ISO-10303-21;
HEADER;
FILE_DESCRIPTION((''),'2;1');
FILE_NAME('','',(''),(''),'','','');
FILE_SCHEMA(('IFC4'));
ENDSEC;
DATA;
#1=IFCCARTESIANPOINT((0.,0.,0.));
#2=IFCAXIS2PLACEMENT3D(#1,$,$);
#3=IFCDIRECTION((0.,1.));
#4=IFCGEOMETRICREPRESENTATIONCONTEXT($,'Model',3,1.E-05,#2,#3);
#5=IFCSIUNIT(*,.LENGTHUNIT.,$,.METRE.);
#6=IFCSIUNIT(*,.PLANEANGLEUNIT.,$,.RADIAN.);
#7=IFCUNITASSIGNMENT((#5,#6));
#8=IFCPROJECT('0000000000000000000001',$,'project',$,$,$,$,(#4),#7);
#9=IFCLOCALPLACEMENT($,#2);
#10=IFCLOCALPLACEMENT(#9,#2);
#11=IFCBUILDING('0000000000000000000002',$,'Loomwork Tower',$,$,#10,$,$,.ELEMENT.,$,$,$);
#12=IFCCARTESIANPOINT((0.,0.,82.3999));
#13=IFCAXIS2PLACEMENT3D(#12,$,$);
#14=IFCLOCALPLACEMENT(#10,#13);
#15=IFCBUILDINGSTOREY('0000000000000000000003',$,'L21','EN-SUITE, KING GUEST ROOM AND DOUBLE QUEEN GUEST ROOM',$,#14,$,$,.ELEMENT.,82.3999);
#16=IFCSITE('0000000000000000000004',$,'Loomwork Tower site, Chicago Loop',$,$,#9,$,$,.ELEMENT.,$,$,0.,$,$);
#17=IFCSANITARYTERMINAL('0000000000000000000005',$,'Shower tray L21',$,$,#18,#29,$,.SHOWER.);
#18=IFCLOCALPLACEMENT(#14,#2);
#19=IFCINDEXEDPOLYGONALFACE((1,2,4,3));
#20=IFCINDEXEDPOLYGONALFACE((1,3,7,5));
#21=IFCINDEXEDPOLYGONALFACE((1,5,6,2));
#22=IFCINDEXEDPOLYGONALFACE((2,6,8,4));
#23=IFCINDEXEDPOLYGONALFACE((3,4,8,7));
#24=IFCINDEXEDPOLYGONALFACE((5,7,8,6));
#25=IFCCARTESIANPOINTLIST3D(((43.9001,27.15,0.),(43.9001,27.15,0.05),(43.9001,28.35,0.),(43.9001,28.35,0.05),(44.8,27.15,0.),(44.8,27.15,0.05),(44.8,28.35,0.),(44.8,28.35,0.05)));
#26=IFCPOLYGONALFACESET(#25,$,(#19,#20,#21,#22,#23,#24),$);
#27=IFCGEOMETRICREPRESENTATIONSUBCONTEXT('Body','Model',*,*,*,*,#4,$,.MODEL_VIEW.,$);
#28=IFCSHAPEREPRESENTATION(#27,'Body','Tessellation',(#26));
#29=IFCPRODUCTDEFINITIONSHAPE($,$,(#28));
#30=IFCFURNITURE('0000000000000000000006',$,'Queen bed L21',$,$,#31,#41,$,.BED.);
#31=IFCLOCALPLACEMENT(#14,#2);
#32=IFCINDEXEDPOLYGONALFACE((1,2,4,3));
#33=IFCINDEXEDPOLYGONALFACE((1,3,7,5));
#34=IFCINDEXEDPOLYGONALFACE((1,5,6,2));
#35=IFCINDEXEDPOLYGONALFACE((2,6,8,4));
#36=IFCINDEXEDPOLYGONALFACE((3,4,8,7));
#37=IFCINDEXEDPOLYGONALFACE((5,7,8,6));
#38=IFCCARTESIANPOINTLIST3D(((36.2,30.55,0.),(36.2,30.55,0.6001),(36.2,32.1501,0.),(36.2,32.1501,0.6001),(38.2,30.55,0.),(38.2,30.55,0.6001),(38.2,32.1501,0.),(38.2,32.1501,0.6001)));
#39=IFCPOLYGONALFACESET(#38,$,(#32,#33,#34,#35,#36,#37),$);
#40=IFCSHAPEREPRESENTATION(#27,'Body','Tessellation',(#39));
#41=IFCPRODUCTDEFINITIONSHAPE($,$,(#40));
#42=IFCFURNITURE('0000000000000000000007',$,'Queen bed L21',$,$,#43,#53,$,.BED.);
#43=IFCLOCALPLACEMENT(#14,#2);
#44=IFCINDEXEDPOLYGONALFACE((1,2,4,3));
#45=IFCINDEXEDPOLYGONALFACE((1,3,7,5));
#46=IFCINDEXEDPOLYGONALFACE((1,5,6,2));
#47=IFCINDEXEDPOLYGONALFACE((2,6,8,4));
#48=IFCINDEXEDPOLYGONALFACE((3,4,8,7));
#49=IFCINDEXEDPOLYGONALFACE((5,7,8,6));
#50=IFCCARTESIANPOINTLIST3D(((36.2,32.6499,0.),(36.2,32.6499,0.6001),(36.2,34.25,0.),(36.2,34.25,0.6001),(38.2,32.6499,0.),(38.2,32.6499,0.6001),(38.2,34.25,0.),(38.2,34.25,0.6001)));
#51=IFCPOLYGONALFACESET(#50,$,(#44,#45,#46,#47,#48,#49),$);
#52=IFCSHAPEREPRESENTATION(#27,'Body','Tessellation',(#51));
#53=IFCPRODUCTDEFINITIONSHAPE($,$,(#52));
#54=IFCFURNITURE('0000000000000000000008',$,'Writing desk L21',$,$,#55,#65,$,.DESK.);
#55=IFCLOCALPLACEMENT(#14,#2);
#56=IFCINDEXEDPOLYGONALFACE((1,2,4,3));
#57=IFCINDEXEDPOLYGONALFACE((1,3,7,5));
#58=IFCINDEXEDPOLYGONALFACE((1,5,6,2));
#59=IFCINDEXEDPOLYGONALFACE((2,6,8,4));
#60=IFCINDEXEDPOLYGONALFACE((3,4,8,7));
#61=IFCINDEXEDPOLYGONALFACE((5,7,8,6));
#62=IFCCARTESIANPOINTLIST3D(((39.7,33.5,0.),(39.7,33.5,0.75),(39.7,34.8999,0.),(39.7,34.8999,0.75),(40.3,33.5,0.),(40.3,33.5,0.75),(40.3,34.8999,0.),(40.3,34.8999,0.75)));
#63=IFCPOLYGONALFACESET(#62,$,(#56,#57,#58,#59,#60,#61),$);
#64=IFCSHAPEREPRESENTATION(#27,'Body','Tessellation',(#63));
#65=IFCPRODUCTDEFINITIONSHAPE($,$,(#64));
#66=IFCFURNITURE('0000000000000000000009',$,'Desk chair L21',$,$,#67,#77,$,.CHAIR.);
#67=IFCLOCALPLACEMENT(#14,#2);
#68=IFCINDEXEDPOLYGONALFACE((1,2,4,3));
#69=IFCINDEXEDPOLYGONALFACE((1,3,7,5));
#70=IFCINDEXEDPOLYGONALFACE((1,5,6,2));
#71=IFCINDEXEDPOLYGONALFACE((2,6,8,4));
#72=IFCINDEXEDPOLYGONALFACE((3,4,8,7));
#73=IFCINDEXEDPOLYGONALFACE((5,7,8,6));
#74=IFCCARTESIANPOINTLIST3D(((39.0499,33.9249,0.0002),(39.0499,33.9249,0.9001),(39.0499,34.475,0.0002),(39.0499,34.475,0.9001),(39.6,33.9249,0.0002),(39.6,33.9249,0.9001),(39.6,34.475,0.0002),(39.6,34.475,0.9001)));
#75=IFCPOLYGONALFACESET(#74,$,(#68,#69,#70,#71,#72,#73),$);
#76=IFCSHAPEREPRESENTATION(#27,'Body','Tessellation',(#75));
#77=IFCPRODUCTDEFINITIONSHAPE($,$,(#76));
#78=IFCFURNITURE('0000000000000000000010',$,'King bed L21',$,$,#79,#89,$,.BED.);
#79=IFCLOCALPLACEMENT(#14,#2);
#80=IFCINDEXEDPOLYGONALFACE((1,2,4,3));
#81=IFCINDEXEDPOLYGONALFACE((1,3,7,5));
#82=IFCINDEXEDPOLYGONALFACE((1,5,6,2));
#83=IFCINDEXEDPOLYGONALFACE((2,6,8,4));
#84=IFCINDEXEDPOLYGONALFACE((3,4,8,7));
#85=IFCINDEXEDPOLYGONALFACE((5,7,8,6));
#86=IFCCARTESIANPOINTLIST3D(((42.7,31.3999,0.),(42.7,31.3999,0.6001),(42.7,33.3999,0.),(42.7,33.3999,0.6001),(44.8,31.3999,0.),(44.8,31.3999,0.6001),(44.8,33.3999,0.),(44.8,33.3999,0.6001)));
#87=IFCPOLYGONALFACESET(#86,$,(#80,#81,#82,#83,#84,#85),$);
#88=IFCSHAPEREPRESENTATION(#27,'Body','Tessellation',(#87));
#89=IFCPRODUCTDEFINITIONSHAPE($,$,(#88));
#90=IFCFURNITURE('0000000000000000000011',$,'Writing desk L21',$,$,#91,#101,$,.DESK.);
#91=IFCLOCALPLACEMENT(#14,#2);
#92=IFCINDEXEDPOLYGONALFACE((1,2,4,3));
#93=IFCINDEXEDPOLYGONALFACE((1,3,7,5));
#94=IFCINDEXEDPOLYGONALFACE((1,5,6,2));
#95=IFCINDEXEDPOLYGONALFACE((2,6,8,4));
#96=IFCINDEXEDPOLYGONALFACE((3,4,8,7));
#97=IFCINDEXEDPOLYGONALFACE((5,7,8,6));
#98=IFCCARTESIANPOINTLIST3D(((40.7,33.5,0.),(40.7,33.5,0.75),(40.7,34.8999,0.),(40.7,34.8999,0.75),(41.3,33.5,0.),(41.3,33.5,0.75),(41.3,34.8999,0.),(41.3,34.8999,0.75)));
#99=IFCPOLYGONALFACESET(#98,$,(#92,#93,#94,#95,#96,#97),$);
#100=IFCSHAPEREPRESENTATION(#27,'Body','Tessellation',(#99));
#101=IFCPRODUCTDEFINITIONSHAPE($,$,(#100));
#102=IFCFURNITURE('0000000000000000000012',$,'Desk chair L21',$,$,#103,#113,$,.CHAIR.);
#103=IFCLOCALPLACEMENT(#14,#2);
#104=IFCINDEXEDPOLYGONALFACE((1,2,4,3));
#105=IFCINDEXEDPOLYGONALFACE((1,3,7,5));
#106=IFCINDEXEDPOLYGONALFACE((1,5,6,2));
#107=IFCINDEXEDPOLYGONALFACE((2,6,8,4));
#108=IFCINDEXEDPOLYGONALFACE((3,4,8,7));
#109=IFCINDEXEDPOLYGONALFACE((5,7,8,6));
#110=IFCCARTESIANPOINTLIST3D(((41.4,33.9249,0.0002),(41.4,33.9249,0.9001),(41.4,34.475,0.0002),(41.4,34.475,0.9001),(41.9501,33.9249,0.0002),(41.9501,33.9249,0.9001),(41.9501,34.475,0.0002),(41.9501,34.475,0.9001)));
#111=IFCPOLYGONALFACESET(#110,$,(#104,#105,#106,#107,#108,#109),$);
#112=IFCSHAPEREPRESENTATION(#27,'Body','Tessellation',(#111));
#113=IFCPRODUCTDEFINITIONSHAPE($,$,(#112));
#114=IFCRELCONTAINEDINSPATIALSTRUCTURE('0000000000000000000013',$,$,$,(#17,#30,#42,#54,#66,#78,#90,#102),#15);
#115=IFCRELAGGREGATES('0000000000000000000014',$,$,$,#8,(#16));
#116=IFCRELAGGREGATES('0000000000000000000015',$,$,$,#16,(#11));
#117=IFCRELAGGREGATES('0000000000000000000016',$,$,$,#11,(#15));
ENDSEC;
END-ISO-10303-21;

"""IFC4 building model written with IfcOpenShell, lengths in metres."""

from ifc_helpers import new_model, si_unit, direction, frame, origin, origin_2d, place, context, subcontext, project, spatial, rectangle, extrude, element, save


model = new_model("IFC4")

# Units and contexts
model_context = context("Model", 3, precision=1e-05, world=origin(), true_north=direction((0.0, 1.0)))
body_context = subcontext(model_context, "Body", "Model", "MODEL_VIEW")
ifc_project = project(units=[si_unit("LENGTHUNIT", "METRE"), si_unit("PLANEANGLEUNIT", "RADIAN")], contexts=[model_context])

# Site, building, storey
site_placement = place(None, origin())
site = spatial("IfcSite", under=ifc_project, at=site_placement, Name="Loomwork Tower site, Chicago Loop", CompositionType="ELEMENT", RefElevation=0.0)
building_placement = place(site_placement, origin())
building = spatial("IfcBuilding", under=site, at=building_placement, Name="Loomwork Tower", CompositionType="ELEMENT")
storey_placement = place(building_placement, frame((0.0, 0.0, 82.3999)))
storey = spatial("IfcBuildingStorey", under=building, at=storey_placement, Name="L21", Description="EN-SUITE, KING GUEST ROOM AND DOUBLE QUEEN GUEST ROOM", CompositionType="ELEMENT", Elevation=82.3999)

# Sanitary terminal
sanitary_terminal_placement = place(storey_placement, frame((44.3501, 27.75, 0.0), z_axis=(0.0, 0.0, 1.0), x_axis=(1.0, 0.0, 0.0)))
element("IfcSanitaryTerminal", 1, at=sanitary_terminal_placement, inside=storey, Name="Shower tray L21", PredefinedType="SHOWER", context=body_context, shape_type="SweptSolid", body=[
    extrude(rectangle(XDim=0.8999, YDim=1.2, at=origin_2d()), origin(), (0.0, 0.0, 1.0), 0.05),
])

# Furniture
for number, where, z_axis, x_axis, name in (
    (2, (37.2, 31.3501, 0.0), (0.0, 0.0, 1.0), (1.0, 0.0, 0.0), "Queen bed L21"),
    (3, (37.2, 33.45, 0.0), (0.0, 0.0, 1.0), (1.0, 0.0, 0.0), "Queen bed L21"),
):
    element("IfcFurniture", number, at=place(storey_placement, frame(where, z_axis=z_axis, x_axis=x_axis)), inside=storey, Name=name, PredefinedType="BED", context=body_context, shape_type="SweptSolid", body=[
        extrude(rectangle(XDim=2.0, YDim=1.6001, at=origin_2d()), origin(), (0.0, 0.0, 1.0), 0.6001),
    ])
furniture_1_placement = place(storey_placement, frame((40.0, 34.2, 0.0), z_axis=(0.0, 0.0, 1.0), x_axis=(1.0, 0.0, 0.0)))
element("IfcFurniture", 4, at=furniture_1_placement, inside=storey, Name="Writing desk L21", PredefinedType="DESK", context=body_context, shape_type="SweptSolid", body=[
    extrude(rectangle(XDim=0.6001, YDim=1.3999, at=origin_2d()), origin(), (0.0, 0.0, 1.0), 0.75),
])
furniture_2_placement = place(storey_placement, frame((39.325, 34.2, 0.0002), z_axis=(0.0, 0.0, 1.0), x_axis=(1.0, 0.0, 0.0)))
element("IfcFurniture", 5, at=furniture_2_placement, inside=storey, Name="Desk chair L21", PredefinedType="CHAIR", context=body_context, shape_type="SweptSolid", body=[
    extrude(rectangle(XDim=0.55, YDim=0.55, at=origin_2d()), origin(), (0.0, 0.0, 1.0), 0.8999),
])
furniture_3_placement = place(storey_placement, frame((43.75, 32.3999, 0.0), z_axis=(0.0, 0.0, 1.0), x_axis=(1.0, 0.0, 0.0)))
element("IfcFurniture", 6, at=furniture_3_placement, inside=storey, Name="King bed L21", PredefinedType="BED", context=body_context, shape_type="SweptSolid", body=[
    extrude(rectangle(XDim=2.1001, YDim=2.0, at=origin_2d()), origin(), (0.0, 0.0, 1.0), 0.6001),
])
furniture_4_placement = place(storey_placement, frame((41.0, 34.2, 0.0), z_axis=(0.0, 0.0, 1.0), x_axis=(1.0, 0.0, 0.0)))
element("IfcFurniture", 7, at=furniture_4_placement, inside=storey, Name="Writing desk L21", PredefinedType="DESK", context=body_context, shape_type="SweptSolid", body=[
    extrude(rectangle(XDim=0.6001, YDim=1.3999, at=origin_2d()), origin(), (0.0, 0.0, 1.0), 0.75),
])
furniture_5_placement = place(storey_placement, frame((41.675, 34.2, 0.0002), z_axis=(0.0, 0.0, 1.0), x_axis=(1.0, 0.0, 0.0)))
element("IfcFurniture", 8, at=furniture_5_placement, inside=storey, Name="Desk chair L21", PredefinedType="CHAIR", context=body_context, shape_type="SweptSolid", body=[
    extrude(rectangle(XDim=0.55, YDim=0.55, at=origin_2d()), origin(), (0.0, 0.0, 1.0), 0.8999),
])

save(model, "model.ifc")
